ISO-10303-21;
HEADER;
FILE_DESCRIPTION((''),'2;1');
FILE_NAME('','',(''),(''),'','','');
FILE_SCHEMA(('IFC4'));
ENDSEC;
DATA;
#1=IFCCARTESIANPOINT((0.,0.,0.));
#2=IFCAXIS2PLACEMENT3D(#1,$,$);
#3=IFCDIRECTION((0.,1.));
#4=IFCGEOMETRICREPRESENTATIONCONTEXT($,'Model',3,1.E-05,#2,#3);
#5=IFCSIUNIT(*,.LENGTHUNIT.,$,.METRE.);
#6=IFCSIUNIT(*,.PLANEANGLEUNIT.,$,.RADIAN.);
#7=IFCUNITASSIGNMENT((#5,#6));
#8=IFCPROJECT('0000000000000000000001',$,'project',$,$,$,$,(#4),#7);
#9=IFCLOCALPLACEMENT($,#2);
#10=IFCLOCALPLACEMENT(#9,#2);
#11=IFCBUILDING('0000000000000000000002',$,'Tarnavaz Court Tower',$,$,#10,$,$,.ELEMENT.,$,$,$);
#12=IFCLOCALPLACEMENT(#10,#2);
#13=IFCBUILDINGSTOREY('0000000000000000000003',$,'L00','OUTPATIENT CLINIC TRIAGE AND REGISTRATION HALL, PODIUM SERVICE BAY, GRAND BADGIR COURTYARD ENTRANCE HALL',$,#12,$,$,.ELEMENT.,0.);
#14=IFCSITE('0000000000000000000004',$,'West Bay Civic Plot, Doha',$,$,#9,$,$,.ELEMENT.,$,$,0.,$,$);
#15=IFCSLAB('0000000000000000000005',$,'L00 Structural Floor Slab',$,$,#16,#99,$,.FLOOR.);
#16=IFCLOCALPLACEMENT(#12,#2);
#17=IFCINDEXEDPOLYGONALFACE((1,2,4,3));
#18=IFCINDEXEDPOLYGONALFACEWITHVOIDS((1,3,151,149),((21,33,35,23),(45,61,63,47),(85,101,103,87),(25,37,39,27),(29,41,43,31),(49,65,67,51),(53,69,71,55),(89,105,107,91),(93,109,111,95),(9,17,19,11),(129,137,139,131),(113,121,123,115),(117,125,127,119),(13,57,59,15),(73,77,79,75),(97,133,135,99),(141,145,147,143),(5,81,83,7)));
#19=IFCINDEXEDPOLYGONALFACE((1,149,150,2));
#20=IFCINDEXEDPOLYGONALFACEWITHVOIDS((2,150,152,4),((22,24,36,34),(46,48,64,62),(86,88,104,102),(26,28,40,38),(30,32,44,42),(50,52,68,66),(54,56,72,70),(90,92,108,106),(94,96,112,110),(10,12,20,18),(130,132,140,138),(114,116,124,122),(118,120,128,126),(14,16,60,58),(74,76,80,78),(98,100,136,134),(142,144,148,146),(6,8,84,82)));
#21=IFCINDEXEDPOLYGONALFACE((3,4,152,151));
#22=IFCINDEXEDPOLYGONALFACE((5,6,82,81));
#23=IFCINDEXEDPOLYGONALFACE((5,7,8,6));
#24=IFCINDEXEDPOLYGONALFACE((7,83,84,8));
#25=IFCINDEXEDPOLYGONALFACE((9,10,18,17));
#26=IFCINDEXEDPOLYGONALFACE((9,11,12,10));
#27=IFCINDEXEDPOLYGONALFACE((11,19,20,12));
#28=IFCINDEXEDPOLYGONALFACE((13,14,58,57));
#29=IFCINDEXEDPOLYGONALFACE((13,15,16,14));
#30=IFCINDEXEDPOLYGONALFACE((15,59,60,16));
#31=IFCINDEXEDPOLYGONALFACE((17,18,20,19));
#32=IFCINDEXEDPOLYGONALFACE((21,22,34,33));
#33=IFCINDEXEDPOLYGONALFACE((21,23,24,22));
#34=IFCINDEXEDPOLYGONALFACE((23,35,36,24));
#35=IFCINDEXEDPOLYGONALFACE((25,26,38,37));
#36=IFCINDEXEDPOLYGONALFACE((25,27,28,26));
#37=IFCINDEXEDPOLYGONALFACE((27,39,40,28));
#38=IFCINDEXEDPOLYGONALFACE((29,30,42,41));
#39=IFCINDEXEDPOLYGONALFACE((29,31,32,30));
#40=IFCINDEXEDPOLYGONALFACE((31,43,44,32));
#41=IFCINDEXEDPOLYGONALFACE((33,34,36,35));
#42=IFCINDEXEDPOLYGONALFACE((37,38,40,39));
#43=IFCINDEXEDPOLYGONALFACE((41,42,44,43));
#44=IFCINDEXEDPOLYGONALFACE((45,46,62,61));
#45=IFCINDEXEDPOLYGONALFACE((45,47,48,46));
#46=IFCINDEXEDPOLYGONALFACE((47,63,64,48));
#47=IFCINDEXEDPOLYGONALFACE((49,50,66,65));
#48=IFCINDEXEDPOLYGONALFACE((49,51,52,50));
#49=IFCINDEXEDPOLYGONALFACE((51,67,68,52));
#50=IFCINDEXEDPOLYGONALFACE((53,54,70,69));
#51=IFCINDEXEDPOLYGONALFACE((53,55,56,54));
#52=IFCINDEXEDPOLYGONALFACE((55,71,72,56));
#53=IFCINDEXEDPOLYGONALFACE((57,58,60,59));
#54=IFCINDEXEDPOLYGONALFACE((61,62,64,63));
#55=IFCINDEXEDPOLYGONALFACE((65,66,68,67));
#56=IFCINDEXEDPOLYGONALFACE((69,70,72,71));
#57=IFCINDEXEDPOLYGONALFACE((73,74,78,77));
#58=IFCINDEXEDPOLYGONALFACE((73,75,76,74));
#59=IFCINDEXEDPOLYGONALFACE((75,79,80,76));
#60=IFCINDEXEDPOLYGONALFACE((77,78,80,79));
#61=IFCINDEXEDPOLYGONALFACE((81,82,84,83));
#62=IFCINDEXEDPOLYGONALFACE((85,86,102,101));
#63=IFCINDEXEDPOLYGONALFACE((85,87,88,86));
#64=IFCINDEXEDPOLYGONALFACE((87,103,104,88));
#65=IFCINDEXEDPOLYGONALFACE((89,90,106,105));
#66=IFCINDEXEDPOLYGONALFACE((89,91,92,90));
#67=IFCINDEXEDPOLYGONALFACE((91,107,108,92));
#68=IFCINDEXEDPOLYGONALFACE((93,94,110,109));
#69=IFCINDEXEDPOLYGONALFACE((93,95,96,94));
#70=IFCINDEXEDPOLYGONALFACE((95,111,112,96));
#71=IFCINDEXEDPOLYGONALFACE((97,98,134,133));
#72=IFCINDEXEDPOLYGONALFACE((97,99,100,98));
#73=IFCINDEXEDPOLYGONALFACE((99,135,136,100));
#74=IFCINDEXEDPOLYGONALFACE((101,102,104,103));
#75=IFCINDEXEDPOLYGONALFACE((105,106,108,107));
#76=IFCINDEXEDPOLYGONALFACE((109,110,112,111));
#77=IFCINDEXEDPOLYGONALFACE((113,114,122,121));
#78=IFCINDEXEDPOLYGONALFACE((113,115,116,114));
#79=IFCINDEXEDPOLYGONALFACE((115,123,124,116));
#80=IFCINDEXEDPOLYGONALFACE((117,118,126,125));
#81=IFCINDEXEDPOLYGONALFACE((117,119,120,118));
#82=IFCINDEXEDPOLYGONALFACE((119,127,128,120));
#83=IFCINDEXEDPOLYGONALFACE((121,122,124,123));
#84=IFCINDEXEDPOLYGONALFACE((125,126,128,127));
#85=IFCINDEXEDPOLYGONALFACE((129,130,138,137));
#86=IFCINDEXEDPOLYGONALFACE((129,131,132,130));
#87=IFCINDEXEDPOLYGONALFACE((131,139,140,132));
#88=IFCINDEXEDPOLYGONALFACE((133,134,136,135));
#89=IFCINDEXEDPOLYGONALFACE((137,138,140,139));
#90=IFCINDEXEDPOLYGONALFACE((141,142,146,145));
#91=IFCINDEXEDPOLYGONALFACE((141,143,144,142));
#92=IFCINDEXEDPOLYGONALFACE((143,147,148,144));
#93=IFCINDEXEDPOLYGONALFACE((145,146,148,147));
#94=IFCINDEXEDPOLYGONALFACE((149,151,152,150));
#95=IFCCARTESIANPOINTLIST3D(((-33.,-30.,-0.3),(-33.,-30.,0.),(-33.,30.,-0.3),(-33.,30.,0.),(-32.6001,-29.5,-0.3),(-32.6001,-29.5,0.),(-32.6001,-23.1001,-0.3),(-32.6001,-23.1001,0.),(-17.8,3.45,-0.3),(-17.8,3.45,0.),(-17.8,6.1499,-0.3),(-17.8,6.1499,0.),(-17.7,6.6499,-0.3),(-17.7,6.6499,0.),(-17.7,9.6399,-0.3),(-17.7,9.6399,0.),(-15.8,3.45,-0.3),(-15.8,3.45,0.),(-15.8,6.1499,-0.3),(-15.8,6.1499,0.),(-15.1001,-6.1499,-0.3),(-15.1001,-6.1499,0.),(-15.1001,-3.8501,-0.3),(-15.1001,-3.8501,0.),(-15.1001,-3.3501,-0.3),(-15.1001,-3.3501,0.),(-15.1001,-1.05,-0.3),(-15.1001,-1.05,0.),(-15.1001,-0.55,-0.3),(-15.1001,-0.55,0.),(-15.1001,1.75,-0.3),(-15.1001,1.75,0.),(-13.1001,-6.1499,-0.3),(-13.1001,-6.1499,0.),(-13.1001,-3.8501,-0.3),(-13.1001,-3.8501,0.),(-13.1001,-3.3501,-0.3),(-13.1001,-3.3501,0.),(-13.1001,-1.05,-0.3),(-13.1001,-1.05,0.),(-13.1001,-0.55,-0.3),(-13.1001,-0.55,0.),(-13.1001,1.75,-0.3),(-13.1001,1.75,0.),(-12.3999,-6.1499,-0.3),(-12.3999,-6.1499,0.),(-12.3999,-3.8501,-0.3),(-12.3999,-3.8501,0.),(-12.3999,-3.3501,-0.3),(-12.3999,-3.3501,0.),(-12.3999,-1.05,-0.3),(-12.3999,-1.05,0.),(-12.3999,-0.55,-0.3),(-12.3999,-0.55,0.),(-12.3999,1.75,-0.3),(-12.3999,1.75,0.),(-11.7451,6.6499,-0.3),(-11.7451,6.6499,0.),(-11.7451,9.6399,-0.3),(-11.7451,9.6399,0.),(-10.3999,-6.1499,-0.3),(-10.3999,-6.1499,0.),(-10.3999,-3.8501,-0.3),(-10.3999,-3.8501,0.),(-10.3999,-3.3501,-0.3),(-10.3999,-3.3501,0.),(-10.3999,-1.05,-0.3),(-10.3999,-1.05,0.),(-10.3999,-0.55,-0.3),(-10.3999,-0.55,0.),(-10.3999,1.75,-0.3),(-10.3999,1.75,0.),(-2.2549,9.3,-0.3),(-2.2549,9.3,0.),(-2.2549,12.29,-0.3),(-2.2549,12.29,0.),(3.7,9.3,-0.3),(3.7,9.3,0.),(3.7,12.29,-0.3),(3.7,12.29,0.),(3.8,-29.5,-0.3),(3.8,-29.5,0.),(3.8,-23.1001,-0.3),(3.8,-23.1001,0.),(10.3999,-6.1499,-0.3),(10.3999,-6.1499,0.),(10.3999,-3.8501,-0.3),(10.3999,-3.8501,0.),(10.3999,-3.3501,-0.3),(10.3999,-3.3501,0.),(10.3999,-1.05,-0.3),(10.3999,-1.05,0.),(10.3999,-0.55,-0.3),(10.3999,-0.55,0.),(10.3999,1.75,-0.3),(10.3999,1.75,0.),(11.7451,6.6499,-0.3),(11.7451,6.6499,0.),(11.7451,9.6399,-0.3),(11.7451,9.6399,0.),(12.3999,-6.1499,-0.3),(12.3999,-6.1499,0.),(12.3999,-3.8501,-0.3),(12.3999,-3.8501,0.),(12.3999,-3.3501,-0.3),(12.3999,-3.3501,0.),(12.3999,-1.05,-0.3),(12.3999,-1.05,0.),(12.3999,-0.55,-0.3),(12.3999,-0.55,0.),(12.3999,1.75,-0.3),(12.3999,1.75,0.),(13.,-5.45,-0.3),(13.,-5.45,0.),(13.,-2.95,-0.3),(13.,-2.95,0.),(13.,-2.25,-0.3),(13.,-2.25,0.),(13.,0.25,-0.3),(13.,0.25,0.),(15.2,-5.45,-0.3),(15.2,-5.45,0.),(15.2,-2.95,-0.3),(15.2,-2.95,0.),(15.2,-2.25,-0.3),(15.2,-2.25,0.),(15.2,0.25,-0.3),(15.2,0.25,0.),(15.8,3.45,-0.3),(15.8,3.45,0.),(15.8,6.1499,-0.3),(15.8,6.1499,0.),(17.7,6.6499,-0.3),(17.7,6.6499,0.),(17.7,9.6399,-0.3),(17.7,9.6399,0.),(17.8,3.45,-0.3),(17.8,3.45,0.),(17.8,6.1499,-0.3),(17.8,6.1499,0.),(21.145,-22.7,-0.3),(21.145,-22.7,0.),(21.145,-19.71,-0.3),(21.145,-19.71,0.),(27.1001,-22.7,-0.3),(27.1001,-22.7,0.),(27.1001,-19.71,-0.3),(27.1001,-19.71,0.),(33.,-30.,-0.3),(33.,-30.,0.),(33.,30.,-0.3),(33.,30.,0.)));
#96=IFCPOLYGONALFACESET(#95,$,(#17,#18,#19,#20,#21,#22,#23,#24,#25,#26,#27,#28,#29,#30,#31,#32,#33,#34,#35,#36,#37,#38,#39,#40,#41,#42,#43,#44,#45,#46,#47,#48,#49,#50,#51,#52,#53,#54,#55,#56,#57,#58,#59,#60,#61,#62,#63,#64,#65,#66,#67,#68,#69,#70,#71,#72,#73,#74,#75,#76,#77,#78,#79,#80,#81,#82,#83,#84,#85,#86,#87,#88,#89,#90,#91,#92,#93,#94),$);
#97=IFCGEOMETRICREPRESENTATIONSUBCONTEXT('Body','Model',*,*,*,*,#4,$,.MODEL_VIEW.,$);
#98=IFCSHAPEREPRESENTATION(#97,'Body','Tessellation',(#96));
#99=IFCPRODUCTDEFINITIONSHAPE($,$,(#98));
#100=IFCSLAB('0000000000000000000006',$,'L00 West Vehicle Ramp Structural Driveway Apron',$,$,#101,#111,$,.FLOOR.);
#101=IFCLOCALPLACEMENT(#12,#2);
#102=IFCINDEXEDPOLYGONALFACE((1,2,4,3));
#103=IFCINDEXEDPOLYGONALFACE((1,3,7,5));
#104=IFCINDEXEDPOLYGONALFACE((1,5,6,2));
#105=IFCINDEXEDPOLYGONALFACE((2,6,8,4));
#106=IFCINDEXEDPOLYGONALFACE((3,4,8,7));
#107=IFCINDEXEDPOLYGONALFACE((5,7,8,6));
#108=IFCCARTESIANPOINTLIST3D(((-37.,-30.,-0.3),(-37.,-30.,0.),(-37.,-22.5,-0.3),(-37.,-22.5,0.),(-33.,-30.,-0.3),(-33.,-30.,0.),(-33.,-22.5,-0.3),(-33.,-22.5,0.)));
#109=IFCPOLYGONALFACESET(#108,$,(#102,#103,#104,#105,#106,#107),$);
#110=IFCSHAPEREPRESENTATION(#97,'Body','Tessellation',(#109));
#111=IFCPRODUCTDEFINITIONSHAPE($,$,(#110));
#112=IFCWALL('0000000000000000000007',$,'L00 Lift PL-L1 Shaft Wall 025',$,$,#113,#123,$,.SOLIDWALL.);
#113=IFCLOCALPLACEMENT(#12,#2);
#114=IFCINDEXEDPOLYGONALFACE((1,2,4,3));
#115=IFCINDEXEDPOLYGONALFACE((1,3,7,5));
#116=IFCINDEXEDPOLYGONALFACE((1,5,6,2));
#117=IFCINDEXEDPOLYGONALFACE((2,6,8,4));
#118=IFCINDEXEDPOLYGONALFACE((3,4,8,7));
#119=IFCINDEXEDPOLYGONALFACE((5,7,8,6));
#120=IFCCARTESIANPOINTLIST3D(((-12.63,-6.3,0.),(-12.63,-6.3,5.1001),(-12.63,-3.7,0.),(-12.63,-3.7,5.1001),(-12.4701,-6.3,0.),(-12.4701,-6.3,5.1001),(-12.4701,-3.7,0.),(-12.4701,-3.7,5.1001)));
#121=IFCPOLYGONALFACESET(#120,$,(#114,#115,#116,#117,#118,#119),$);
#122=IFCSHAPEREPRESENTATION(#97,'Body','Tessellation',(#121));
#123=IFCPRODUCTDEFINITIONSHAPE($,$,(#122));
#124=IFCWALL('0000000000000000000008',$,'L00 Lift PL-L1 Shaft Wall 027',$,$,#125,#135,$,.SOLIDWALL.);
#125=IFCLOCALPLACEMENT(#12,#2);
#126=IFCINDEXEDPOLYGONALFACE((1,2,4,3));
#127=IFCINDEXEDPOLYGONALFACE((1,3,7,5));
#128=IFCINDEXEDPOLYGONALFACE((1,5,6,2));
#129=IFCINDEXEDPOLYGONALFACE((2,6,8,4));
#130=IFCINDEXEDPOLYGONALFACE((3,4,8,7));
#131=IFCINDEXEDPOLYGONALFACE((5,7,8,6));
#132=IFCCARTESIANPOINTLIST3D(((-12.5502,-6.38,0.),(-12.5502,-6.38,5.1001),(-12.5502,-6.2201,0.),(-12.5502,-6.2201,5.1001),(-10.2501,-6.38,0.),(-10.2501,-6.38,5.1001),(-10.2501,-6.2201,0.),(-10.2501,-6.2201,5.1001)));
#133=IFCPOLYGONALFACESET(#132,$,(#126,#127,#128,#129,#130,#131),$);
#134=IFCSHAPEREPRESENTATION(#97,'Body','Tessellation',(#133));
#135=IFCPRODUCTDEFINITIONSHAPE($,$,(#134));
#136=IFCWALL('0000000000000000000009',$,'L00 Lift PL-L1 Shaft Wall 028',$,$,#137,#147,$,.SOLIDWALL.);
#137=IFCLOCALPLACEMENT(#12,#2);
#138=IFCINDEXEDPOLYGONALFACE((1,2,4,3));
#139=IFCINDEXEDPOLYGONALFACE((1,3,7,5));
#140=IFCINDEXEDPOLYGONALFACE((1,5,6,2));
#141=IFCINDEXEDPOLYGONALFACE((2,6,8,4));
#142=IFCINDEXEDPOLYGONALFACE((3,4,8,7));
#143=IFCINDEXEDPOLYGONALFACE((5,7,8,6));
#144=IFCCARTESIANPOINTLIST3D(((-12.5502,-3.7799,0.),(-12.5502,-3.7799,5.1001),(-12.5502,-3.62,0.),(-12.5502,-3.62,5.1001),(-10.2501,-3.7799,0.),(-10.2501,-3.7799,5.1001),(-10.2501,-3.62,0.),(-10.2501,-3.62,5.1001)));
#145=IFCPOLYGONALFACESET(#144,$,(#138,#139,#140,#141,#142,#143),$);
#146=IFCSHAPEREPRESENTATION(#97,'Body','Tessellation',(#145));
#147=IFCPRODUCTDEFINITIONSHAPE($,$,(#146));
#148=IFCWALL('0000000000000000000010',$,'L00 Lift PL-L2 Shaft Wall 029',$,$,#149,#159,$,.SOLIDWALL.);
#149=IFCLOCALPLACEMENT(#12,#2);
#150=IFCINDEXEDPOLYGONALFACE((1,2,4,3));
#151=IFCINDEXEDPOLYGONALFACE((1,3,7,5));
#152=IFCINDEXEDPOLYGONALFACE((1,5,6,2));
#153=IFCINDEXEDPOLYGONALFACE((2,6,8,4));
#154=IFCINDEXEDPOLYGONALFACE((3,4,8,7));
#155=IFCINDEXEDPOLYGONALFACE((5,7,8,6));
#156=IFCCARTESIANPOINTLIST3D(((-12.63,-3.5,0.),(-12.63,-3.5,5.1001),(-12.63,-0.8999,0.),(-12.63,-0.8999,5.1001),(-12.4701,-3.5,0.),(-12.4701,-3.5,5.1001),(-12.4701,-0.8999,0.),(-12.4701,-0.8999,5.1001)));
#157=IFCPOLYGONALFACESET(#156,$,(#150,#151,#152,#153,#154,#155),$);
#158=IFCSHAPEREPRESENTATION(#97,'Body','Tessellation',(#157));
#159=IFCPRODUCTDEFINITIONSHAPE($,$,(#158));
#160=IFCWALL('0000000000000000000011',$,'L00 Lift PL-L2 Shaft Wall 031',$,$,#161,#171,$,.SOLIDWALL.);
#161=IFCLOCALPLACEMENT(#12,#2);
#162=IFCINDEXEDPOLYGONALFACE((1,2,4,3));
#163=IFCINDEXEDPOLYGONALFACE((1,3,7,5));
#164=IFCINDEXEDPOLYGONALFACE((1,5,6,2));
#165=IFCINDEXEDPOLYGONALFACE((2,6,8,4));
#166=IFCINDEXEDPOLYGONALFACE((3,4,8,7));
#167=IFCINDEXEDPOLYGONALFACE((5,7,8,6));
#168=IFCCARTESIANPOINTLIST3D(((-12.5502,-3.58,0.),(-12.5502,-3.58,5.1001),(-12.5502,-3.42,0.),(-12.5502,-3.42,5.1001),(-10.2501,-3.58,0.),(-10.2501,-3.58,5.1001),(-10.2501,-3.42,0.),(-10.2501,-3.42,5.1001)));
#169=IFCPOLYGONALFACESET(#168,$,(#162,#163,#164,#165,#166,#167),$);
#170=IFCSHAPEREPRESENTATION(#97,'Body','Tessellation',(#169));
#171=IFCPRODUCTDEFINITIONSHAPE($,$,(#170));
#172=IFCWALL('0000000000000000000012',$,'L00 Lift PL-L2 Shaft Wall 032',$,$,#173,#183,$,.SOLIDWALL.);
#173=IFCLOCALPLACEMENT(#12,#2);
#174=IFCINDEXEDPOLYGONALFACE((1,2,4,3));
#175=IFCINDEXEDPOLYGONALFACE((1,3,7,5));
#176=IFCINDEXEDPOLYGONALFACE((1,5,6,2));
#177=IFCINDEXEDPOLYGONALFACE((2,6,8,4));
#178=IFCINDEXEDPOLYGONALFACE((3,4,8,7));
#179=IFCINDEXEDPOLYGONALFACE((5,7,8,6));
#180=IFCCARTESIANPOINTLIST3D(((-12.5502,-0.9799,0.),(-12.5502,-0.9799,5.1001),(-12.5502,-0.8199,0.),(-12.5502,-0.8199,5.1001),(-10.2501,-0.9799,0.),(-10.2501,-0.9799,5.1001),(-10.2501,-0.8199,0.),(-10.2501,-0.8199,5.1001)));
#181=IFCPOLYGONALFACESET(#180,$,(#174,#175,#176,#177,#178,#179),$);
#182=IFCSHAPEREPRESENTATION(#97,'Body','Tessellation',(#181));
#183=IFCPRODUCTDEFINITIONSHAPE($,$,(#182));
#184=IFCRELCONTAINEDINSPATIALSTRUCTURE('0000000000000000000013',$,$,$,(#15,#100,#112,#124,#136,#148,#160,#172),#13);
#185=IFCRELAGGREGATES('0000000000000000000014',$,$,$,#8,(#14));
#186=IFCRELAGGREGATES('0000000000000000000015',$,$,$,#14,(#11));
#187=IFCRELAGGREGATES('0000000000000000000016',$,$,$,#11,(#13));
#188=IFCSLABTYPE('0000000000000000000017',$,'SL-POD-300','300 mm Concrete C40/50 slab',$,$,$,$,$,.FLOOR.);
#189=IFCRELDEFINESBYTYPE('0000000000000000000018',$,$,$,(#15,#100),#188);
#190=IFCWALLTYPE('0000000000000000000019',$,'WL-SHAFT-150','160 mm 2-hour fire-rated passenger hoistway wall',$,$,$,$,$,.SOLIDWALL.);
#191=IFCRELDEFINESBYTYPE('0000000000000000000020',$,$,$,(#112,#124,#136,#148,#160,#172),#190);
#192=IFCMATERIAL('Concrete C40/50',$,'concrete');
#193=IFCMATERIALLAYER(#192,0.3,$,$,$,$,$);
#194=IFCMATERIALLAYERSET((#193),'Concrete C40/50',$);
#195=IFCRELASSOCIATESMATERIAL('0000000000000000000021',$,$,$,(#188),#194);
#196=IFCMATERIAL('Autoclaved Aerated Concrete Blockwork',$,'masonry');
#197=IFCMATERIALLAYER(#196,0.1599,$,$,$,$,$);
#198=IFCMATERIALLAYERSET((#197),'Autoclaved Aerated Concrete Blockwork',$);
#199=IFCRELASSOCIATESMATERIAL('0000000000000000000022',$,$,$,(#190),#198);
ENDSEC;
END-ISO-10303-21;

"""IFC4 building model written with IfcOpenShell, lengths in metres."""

from ifc_helpers import new_model, si_unit, direction, frame, frame_2d, origin, place, context, subcontext, project, spatial, polyline, rectangle, outline, extrude, material, layer, layer_set, type_object, element, save


model = new_model("IFC4")

# Units and contexts
model_context = context("Model", 3, precision=1e-05, world=origin(), true_north=direction((0.0, 1.0)))
body_context = subcontext(model_context, "Body", "Model", "MODEL_VIEW")
ifc_project = project(units=[si_unit("LENGTHUNIT", "METRE"), si_unit("PLANEANGLEUNIT", "RADIAN")], contexts=[model_context])

# Site, building, storey
site_placement = place(None, origin())
site = spatial("IfcSite", under=ifc_project, at=site_placement, Name="West Bay Civic Plot, Doha", CompositionType="ELEMENT", RefElevation=0.0)
building_placement = place(site_placement, origin())
building = spatial("IfcBuilding", under=site, at=building_placement, Name="Tarnavaz Court Tower", CompositionType="ELEMENT")
storey_placement = place(building_placement, origin())
storey = spatial("IfcBuildingStorey", under=building, at=storey_placement, Name="L00", Description="OUTPATIENT CLINIC TRIAGE AND REGISTRATION HALL, PODIUM SERVICE BAY, GRAND BADGIR COURTYARD ENTRANCE HALL", CompositionType="ELEMENT", Elevation=0.0)

# Shared definitions
ifc_material_1 = material(Name="Concrete C40/50", Category="concrete")

# Slabs
ifc_layer_1 = layer(ifc_material_1, 0.3)
ifc_layer_set_1 = layer_set([ifc_layer_1], Name="Concrete C40/50")
slab_type_1 = type_object("IfcSlabType", Name="SL-POD-300", Description="300 mm Concrete C40/50 slab", PredefinedType="FLOOR", material=ifc_layer_set_1)
slab_1_placement = place(storey_placement, frame((0.0, 0.0, -0.3)))
element("IfcSlab", 1, at=slab_1_placement, inside=storey, type_object=slab_type_1, Name="L00 Structural Floor Slab", PredefinedType="FLOOR", context=body_context, shape_type="SweptSolid", body=[
    extrude(outline(polyline([(-33.0, -30.0), (33.0, -30.0), (33.0, 30.0), (-33.0, 30.0), (-33.0, -30.0)]), holes=[polyline([(-11.7451, 9.6399), (-17.7, 9.6399), (-17.7, 6.6499), (-11.7451, 6.6499), (-11.7451, 9.6399)]), polyline([(11.7451, 6.6499), (17.7, 6.6499), (17.7, 9.6399), (11.7451, 9.6399), (11.7451, 6.6499)]), polyline([(-2.2549, 9.3), (3.7, 9.3), (3.7, 12.29), (-2.2549, 12.29), (-2.2549, 9.3)]), polyline([(21.145, -22.7), (27.1001, -22.7), (27.1001, -19.71), (21.145, -19.71), (21.145, -22.7)]), polyline([(-17.8, 3.45), (-15.8, 3.45), (-15.8, 6.1499), (-17.8, 6.1499), (-17.8, 3.45)]), polyline([(-12.3999, -6.1499), (-10.3999, -6.1499), (-10.3999, -3.8501), (-12.3999, -3.8501), (-12.3999, -6.1499)]), polyline([(-12.3999, -3.3501), (-10.3999, -3.3501), (-10.3999, -1.05), (-12.3999, -1.05), (-12.3999, -3.3501)]), polyline([(-12.3999, -0.55), (-10.3999, -0.55), (-10.3999, 1.75), (-12.3999, 1.75), (-12.3999, -0.55)]), polyline([(-15.1001, -6.1499), (-13.1001, -6.1499), (-13.1001, -3.8501), (-15.1001, -3.8501), (-15.1001, -6.1499)]), polyline([(-15.1001, -3.3501), (-13.1001, -3.3501), (-13.1001, -1.05), (-15.1001, -1.05), (-15.1001, -3.3501)]), polyline([(-15.1001, -0.55), (-13.1001, -0.55), (-13.1001, 1.75), (-15.1001, 1.75), (-15.1001, -0.55)]), polyline([(15.8, 3.45), (17.8, 3.45), (17.8, 6.1499), (15.8, 6.1499), (15.8, 3.45)]), polyline([(10.3999, -6.1499), (12.3999, -6.1499), (12.3999, -3.8501), (10.3999, -3.8501), (10.3999, -6.1499)]), polyline([(10.3999, -3.3501), (12.3999, -3.3501), (12.3999, -1.05), (10.3999, -1.05), (10.3999, -3.3501)]), polyline([(10.3999, -0.55), (12.3999, -0.55), (12.3999, 1.75), (10.3999, 1.75), (10.3999, -0.55)]), polyline([(13.0, -5.45), (15.2, -5.45), (15.2, -2.95), (13.0, -2.95), (13.0, -5.45)]), polyline([(13.0, -2.25), (15.2, -2.25), (15.2, 0.25), (13.0, 0.25), (13.0, -2.25)]), polyline([(-32.6001, -29.5), (3.8, -29.5), (3.8, -23.1001), (-32.6001, -23.1001), (-32.6001, -29.5)])]), origin(), (0.0, 0.0, 1.0), 0.3),
])
slab_2_placement = place(storey_placement, frame((0.0, 0.0, -0.3)))
element("IfcSlab", 2, at=slab_2_placement, inside=storey, type_object=slab_type_1, Name="L00 West Vehicle Ramp Structural Driveway Apron", PredefinedType="FLOOR", context=body_context, shape_type="SweptSolid", body=[
    extrude(outline(polyline([(-37.0, -30.0), (-33.0, -30.0), (-33.0, -22.5), (-37.0, -22.5), (-37.0, -30.0)])), origin(), (0.0, 0.0, 1.0), 0.3),
])

# Wall
ifc_material_2 = material(Name="Autoclaved Aerated Concrete Blockwork", Category="masonry")
ifc_layer_2 = layer(ifc_material_2, 0.1599)
ifc_layer_set_2 = layer_set([ifc_layer_2], Name="Autoclaved Aerated Concrete Blockwork")
wall_type = type_object("IfcWallType", Name="WL-SHAFT-150", Description="160 mm 2-hour fire-rated passenger hoistway wall", PredefinedType="SOLIDWALL", material=ifc_layer_set_2)
wall_1_placement = place(storey_placement, frame((-12.55, -6.3, 0.0), z_axis=(0.0, 0.0, 1.0), x_axis=(0.0, 1.0, 0.0)))
element("IfcWall", 3, at=wall_1_placement, inside=storey, type_object=wall_type, Name="L00 Lift PL-L1 Shaft Wall 025", PredefinedType="SOLIDWALL", context=body_context, shape_type="SweptSolid", body=[
    extrude(rectangle(XDim=2.6001, YDim=0.1599, at=frame_2d((1.3, 0.0))), origin(), (0.0, 0.0, 1.0), 5.1001),
])

# Walls
for number, where, z_axis, x_axis, name in (
    (4, (-12.55, -6.3, 0.0), (0.0, 0.0, 1.0), (1.0, 0.0, 0.0), "L00 Lift PL-L1 Shaft Wall 027"),
    (5, (-12.55, -3.7, 0.0), (0.0, 0.0, 1.0), (1.0, 0.0, 0.0), "L00 Lift PL-L1 Shaft Wall 028"),
):
    element("IfcWall", number, at=place(storey_placement, frame(where, z_axis=z_axis, x_axis=x_axis)), inside=storey, type_object=wall_type, Name=name, PredefinedType="SOLIDWALL", context=body_context, shape_type="SweptSolid", body=[
        extrude(rectangle(XDim=2.3, YDim=0.1599, at=frame_2d((1.1499, 0.0))), origin(), (0.0, 0.0, 1.0), 5.1001),
    ])
wall_2_placement = place(storey_placement, frame((-12.55, -3.5, 0.0), z_axis=(0.0, 0.0, 1.0), x_axis=(0.0, 1.0, 0.0)))
element("IfcWall", 6, at=wall_2_placement, inside=storey, type_object=wall_type, Name="L00 Lift PL-L2 Shaft Wall 029", PredefinedType="SOLIDWALL", context=body_context, shape_type="SweptSolid", body=[
    extrude(rectangle(XDim=2.6001, YDim=0.1599, at=frame_2d((1.3, 0.0))), origin(), (0.0, 0.0, 1.0), 5.1001),
])

# Walls
for number, where, z_axis, x_axis, name in (
    (7, (-12.55, -3.5, 0.0), (0.0, 0.0, 1.0), (1.0, 0.0, 0.0), "L00 Lift PL-L2 Shaft Wall 031"),
    (8, (-12.55, -0.8999, 0.0), (0.0, 0.0, 1.0), (1.0, 0.0, 0.0), "L00 Lift PL-L2 Shaft Wall 032"),
):
    element("IfcWall", number, at=place(storey_placement, frame(where, z_axis=z_axis, x_axis=x_axis)), inside=storey, type_object=wall_type, Name=name, PredefinedType="SOLIDWALL", context=body_context, shape_type="SweptSolid", body=[
        extrude(rectangle(XDim=2.3, YDim=0.1599, at=frame_2d((1.1499, 0.0))), origin(), (0.0, 0.0, 1.0), 5.1001),
    ])

save(model, "model.ifc")
